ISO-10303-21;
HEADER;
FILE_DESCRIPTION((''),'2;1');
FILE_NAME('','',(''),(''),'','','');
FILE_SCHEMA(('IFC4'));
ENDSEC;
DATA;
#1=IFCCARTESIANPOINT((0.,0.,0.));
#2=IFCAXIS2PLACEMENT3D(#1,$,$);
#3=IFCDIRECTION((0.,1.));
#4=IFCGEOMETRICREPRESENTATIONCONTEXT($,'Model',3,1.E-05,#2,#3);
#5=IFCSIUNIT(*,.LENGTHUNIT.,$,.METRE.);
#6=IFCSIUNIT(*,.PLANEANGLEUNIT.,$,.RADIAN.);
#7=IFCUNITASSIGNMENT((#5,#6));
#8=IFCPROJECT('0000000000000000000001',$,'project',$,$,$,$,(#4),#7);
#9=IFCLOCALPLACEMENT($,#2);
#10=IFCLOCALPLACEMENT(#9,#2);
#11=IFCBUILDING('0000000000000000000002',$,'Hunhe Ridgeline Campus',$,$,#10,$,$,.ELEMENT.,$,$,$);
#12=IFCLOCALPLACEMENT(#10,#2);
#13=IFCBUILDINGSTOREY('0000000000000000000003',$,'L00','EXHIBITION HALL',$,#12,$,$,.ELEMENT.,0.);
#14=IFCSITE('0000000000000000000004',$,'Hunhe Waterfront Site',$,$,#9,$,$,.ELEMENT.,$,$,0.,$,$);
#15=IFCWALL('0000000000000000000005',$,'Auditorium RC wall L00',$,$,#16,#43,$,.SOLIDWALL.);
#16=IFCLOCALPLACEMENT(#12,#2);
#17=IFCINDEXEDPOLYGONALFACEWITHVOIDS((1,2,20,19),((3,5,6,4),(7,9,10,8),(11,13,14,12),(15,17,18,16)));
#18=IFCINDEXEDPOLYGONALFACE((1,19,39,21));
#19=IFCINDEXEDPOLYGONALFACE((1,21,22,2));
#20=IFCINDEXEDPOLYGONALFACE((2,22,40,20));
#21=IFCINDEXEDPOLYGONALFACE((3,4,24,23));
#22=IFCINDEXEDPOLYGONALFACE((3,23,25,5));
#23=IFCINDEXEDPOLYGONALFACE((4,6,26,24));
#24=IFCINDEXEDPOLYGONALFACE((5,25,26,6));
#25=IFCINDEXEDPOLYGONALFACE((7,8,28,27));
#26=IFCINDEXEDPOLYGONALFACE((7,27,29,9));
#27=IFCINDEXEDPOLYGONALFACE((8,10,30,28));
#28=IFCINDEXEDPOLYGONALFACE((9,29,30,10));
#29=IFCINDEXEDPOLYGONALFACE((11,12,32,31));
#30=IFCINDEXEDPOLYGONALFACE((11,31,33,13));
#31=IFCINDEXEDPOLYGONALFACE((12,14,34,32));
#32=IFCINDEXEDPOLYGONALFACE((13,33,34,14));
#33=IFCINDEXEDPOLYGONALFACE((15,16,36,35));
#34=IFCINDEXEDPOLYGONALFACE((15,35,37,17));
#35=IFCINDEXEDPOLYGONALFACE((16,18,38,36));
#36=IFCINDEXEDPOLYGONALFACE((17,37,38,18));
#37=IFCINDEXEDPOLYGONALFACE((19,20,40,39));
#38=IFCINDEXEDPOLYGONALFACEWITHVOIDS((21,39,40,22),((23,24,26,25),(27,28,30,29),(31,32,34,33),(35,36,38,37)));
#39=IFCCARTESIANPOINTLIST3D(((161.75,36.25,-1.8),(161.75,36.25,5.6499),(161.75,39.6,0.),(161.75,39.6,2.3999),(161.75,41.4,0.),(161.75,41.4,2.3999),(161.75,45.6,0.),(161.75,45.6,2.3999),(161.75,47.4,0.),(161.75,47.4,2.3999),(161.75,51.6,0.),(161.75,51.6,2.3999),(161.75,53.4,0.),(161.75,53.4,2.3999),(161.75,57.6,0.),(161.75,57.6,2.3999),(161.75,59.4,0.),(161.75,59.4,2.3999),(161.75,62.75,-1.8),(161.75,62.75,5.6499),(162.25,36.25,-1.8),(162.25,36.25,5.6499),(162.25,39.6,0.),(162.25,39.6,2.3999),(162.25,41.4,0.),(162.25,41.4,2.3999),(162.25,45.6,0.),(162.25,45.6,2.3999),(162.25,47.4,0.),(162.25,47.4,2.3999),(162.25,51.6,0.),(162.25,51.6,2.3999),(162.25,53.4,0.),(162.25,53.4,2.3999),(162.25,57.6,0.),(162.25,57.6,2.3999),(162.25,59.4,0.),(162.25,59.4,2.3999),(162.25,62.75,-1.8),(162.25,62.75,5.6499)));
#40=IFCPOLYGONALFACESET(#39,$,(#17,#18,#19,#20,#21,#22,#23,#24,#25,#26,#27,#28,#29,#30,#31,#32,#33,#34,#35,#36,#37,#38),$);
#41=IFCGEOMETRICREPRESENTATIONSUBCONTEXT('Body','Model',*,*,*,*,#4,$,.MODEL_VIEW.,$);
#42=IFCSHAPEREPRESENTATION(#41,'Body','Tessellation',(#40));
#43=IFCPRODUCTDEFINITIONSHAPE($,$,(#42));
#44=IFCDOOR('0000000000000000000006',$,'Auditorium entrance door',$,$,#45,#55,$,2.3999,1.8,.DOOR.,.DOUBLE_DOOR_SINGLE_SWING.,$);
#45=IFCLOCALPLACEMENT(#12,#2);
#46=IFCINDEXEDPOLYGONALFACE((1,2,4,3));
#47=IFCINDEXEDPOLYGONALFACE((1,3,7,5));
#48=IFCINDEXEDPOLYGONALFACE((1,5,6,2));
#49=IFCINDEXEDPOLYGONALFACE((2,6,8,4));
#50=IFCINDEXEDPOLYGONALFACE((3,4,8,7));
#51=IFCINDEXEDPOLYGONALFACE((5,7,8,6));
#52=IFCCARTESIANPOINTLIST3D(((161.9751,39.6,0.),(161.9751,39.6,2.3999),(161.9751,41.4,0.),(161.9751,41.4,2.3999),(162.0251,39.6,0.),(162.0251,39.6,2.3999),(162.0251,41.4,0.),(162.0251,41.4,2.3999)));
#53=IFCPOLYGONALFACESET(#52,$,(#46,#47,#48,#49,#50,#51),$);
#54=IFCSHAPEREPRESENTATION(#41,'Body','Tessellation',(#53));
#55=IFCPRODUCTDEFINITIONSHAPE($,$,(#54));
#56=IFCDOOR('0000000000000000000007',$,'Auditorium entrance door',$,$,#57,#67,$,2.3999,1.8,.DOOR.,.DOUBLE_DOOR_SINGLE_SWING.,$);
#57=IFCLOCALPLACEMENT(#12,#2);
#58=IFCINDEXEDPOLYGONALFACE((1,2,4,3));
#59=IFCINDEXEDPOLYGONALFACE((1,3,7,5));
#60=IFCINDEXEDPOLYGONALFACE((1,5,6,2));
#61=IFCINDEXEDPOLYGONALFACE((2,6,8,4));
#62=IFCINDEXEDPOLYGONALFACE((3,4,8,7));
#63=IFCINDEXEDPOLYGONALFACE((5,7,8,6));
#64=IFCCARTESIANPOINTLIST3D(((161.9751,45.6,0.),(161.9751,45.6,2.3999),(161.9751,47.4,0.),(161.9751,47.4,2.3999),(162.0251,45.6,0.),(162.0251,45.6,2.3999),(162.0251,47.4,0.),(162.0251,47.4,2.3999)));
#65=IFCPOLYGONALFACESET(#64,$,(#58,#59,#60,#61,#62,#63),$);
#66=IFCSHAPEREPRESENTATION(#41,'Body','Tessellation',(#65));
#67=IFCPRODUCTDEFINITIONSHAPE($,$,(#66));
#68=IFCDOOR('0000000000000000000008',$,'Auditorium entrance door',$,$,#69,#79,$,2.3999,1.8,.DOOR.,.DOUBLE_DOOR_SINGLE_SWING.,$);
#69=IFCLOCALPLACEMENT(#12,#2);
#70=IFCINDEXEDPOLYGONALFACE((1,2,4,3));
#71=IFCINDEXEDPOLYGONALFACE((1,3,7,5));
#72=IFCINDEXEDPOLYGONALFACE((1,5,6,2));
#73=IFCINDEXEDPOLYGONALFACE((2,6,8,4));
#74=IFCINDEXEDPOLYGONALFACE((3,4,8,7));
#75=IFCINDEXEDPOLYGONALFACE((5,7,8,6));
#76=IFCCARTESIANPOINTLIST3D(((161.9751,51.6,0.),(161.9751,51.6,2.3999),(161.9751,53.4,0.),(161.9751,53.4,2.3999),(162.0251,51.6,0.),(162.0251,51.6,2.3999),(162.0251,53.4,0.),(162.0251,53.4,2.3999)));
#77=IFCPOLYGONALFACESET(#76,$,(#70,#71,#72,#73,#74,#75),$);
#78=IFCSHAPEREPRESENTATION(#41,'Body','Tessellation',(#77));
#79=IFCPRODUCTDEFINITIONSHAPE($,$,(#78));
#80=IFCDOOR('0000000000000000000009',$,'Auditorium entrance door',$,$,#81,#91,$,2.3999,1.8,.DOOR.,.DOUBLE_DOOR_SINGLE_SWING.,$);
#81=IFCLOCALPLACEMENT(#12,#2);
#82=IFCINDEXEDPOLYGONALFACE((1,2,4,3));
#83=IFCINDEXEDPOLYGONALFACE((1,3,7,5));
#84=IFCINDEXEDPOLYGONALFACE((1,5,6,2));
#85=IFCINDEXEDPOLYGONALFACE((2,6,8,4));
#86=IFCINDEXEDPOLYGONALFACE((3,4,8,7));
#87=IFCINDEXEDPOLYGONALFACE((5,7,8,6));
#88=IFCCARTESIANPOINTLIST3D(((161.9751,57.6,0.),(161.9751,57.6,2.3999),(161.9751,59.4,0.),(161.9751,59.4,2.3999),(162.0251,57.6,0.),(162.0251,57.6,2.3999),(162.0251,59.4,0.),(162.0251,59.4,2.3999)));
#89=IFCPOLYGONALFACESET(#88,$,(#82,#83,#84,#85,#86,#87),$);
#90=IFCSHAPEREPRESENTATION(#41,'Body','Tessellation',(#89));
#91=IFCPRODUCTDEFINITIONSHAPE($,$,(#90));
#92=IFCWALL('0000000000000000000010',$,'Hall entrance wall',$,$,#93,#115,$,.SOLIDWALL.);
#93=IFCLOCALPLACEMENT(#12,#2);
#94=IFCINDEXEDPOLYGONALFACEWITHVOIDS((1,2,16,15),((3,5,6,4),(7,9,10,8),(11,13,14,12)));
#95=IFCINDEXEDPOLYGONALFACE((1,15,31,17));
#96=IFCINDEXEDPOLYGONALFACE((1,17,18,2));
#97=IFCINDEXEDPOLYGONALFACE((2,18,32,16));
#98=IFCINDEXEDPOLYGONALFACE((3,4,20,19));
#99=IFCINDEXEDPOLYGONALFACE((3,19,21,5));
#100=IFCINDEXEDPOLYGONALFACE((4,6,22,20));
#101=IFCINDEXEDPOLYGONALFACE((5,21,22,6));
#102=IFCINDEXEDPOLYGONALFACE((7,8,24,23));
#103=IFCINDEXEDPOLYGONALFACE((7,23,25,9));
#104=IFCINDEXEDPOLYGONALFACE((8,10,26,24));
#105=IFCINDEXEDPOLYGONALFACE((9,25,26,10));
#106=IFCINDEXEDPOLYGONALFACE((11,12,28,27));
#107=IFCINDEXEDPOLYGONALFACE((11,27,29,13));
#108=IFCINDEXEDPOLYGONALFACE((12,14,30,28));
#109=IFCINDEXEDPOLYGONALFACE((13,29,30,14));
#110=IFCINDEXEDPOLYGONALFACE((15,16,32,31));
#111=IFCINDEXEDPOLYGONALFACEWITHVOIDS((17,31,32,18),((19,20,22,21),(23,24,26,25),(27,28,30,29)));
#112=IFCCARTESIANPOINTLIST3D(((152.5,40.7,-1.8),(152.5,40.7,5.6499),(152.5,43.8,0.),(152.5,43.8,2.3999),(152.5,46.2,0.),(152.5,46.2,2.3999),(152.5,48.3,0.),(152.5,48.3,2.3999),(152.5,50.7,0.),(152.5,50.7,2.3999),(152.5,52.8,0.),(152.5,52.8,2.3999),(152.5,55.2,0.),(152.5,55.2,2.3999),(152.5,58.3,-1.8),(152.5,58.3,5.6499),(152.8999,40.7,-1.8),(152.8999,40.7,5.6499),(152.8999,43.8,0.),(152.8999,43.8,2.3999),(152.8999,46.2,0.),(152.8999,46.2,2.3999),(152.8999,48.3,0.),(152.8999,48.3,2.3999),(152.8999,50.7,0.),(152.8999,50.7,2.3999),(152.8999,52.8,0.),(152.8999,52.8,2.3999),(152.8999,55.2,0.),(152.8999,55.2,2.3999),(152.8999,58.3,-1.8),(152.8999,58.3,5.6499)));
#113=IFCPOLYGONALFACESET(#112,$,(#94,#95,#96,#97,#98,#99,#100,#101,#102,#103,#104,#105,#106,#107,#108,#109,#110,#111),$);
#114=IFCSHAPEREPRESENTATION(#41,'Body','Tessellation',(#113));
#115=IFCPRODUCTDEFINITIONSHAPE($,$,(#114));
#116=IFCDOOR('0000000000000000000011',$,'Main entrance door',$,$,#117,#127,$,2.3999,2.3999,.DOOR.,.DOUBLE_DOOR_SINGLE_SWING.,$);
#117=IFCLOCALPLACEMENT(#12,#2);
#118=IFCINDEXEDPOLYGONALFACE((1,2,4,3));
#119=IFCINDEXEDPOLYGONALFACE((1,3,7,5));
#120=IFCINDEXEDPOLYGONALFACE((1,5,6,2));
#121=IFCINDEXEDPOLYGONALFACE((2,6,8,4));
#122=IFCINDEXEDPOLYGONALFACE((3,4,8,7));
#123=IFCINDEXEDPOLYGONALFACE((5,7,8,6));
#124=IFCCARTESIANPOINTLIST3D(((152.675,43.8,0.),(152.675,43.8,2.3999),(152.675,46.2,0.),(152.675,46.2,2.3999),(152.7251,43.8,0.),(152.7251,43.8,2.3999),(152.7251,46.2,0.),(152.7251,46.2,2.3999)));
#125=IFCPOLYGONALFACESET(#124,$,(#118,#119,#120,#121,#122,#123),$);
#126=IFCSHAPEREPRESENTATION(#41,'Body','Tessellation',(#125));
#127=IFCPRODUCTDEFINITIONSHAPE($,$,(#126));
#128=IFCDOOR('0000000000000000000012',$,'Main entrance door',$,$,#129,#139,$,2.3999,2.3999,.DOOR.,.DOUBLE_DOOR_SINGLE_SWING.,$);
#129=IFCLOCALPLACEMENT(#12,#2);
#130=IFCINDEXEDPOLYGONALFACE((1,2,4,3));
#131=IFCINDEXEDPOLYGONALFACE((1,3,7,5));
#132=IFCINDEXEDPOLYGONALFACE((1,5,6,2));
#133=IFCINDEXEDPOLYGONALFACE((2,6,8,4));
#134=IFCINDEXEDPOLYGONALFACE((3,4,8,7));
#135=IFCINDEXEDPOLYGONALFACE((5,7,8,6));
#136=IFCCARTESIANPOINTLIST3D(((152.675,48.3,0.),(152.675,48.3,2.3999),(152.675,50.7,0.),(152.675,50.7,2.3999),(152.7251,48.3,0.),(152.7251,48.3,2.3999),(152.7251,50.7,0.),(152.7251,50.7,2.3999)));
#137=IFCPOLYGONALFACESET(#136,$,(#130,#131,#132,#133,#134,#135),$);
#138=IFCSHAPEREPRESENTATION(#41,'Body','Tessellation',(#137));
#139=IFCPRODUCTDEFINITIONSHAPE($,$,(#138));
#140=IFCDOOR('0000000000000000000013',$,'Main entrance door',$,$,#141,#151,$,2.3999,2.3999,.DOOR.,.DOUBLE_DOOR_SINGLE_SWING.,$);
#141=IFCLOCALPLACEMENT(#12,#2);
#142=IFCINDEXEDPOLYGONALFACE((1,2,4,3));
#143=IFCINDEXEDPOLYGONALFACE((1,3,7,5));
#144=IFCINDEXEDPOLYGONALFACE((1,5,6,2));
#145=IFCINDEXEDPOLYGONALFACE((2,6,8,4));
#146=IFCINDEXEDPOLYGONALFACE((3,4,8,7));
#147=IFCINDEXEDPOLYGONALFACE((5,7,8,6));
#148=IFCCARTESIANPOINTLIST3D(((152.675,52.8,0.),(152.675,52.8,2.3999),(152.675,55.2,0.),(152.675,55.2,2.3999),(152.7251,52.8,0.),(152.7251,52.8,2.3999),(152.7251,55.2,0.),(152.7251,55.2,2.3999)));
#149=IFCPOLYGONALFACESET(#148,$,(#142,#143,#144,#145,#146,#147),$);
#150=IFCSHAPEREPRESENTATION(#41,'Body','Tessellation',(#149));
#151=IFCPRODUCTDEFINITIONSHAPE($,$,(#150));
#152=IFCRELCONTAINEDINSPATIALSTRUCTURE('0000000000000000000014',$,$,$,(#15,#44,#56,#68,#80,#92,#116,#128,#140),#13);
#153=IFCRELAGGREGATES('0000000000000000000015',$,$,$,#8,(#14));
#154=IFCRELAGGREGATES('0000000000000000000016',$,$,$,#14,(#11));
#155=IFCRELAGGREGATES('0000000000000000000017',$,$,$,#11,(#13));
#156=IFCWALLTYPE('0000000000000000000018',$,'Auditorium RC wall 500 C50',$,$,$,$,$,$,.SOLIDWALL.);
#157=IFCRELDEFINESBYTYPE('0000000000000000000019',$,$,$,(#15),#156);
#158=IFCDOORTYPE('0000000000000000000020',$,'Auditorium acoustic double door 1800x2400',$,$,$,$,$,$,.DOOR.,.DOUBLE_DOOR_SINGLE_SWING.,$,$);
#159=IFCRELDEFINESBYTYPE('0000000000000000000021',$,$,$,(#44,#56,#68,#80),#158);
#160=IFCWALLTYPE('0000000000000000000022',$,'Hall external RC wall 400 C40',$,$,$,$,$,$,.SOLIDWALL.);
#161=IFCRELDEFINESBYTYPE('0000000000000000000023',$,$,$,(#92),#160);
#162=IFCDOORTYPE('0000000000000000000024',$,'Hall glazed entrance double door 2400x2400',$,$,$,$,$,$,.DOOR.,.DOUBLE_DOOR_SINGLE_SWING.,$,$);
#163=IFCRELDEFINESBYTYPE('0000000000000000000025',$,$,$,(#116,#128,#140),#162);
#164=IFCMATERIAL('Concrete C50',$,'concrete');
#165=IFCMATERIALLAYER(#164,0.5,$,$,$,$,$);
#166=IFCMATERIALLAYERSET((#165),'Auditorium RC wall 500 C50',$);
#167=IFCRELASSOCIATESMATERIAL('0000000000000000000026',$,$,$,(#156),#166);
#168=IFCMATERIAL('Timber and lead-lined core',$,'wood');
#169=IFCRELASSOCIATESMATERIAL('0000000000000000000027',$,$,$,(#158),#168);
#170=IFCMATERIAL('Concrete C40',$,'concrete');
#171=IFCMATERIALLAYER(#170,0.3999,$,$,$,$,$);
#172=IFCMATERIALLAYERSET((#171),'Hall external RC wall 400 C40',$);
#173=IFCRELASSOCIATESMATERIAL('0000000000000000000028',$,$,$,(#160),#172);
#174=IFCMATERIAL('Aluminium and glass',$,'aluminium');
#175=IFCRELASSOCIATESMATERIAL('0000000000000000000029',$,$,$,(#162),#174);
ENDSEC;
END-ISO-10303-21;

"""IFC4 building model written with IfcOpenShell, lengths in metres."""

from ifc_helpers import new_model, si_unit, direction, frame, frame_2d, origin, place, context, subcontext, project, spatial, rectangle, extrude, material, layer, layer_set, type_object, element, fill, save


model = new_model("IFC4")

# Units and contexts
model_context = context("Model", 3, precision=1e-05, world=origin(), true_north=direction((0.0, 1.0)))
body_context = subcontext(model_context, "Body", "Model", "MODEL_VIEW")
ifc_project = project(units=[si_unit("LENGTHUNIT", "METRE"), si_unit("PLANEANGLEUNIT", "RADIAN")], contexts=[model_context])

# Site, building, storey
site_placement = place(None, origin())
site = spatial("IfcSite", under=ifc_project, at=site_placement, Name="Hunhe Waterfront Site", CompositionType="ELEMENT", RefElevation=0.0)
building_placement = place(site_placement, origin())
building = spatial("IfcBuilding", under=site, at=building_placement, Name="Hunhe Ridgeline Campus", CompositionType="ELEMENT")
storey_placement = place(building_placement, origin())
storey = spatial("IfcBuildingStorey", under=building, at=storey_placement, Name="L00", Description="EXHIBITION HALL", CompositionType="ELEMENT", Elevation=0.0)

# Shared definitions
ifc_material_1 = material(Name="Concrete C50", Category="concrete")

# Wall, openings, doors
ifc_layer_1 = layer(ifc_material_1, 0.5)
ifc_layer_set_1 = layer_set([ifc_layer_1], Name="Auditorium RC wall 500 C50")
wall_type_1 = type_object("IfcWallType", Name="Auditorium RC wall 500 C50", PredefinedType="SOLIDWALL", material=ifc_layer_set_1)
wall_1_placement = place(storey_placement, frame((162.0, 36.25, -1.8), z_axis=(0.0, 0.0, 1.0), x_axis=(0.0, 1.0, 0.0)))
wall_1 = element("IfcWall", 1, at=wall_1_placement, inside=storey, type_object=wall_type_1, Name="Auditorium RC wall L00", PredefinedType="SOLIDWALL", context=body_context, shape_type="SweptSolid", body=[
    extrude(rectangle(XDim=26.5, YDim=0.5, at=frame_2d((13.25, 0.0))), origin(), (0.0, 0.0, 1.0), 7.45),
])
opening_1_placement = place(wall_1_placement, frame((3.3501, 0.0, 1.8)))
opening_1 = element("IfcOpeningElement", 2, at=opening_1_placement, cuts=wall_1, PredefinedType="OPENING", context=body_context, shape_type="SweptSolid", body=[
    extrude(rectangle(XDim=1.8, YDim=2.3999, at=frame_2d((0.8999, 1.2))), frame((0.0, 0.25, 0.0), z_axis=(0.0, -1.0, 0.0), x_axis=(1.0, 0.0, 0.0)), (0.0, 0.0, 1.0), 0.5),
])
opening_2_placement = place(wall_1_placement, frame((9.3501, 0.0, 1.8)))
opening_2 = element("IfcOpeningElement", 3, at=opening_2_placement, cuts=wall_1, PredefinedType="OPENING", context=body_context, shape_type="SweptSolid", body=[
    extrude(rectangle(XDim=1.8, YDim=2.3999, at=frame_2d((0.8999, 1.2))), frame((0.0, 0.25, 0.0), z_axis=(0.0, -1.0, 0.0), x_axis=(1.0, 0.0, 0.0)), (0.0, 0.0, 1.0), 0.5),
])
opening_3_placement = place(wall_1_placement, frame((15.3501, 0.0, 1.8)))
opening_3 = element("IfcOpeningElement", 4, at=opening_3_placement, cuts=wall_1, PredefinedType="OPENING", context=body_context, shape_type="SweptSolid", body=[
    extrude(rectangle(XDim=1.8, YDim=2.3999, at=frame_2d((0.8999, 1.2))), frame((0.0, 0.25, 0.0), z_axis=(0.0, -1.0, 0.0), x_axis=(1.0, 0.0, 0.0)), (0.0, 0.0, 1.0), 0.5),
])
opening_4_placement = place(wall_1_placement, frame((21.3501, 0.0, 1.8)))
opening_4 = element("IfcOpeningElement", 5, at=opening_4_placement, cuts=wall_1, PredefinedType="OPENING", context=body_context, shape_type="SweptSolid", body=[
    extrude(rectangle(XDim=1.8, YDim=2.3999, at=frame_2d((0.8999, 1.2))), frame((0.0, 0.25, 0.0), z_axis=(0.0, -1.0, 0.0), x_axis=(1.0, 0.0, 0.0)), (0.0, 0.0, 1.0), 0.5),
])
ifc_material_2 = material(Name="Timber and lead-lined core", Category="wood")
door_type_1 = type_object("IfcDoorType", Name="Auditorium acoustic double door 1800x2400", OperationType="DOUBLE_DOOR_SINGLE_SWING", PredefinedType="DOOR", material=ifc_material_2)
door_1_placement = place(opening_1_placement, origin())
door_1 = element("IfcDoor", 6, at=door_1_placement, inside=storey, type_object=door_type_1, Name="Auditorium entrance door", OperationType="DOUBLE_DOOR_SINGLE_SWING", OverallHeight=2.3999, OverallWidth=1.8, PredefinedType="DOOR", context=body_context, shape_type="SweptSolid", body=[
    extrude(rectangle(XDim=1.8, YDim=2.3999, at=frame_2d((0.8999, 1.2))), frame((0.0, 0.0249, 0.0), z_axis=(0.0, -1.0, 0.0), x_axis=(1.0, 0.0, 0.0)), (0.0, 0.0, 1.0), 0.05),
])
fill(opening_1, door_1)
door_2_placement = place(opening_2_placement, origin())
door_2 = element("IfcDoor", 7, at=door_2_placement, inside=storey, type_object=door_type_1, Name="Auditorium entrance door", OperationType="DOUBLE_DOOR_SINGLE_SWING", OverallHeight=2.3999, OverallWidth=1.8, PredefinedType="DOOR", context=body_context, shape_type="SweptSolid", body=[
    extrude(rectangle(XDim=1.8, YDim=2.3999, at=frame_2d((0.8999, 1.2))), frame((0.0, 0.0249, 0.0), z_axis=(0.0, -1.0, 0.0), x_axis=(1.0, 0.0, 0.0)), (0.0, 0.0, 1.0), 0.05),
])
fill(opening_2, door_2)
door_3_placement = place(opening_3_placement, origin())
door_3 = element("IfcDoor", 8, at=door_3_placement, inside=storey, type_object=door_type_1, Name="Auditorium entrance door", OperationType="DOUBLE_DOOR_SINGLE_SWING", OverallHeight=2.3999, OverallWidth=1.8, PredefinedType="DOOR", context=body_context, shape_type="SweptSolid", body=[
    extrude(rectangle(XDim=1.8, YDim=2.3999, at=frame_2d((0.8999, 1.2))), frame((0.0, 0.0249, 0.0), z_axis=(0.0, -1.0, 0.0), x_axis=(1.0, 0.0, 0.0)), (0.0, 0.0, 1.0), 0.05),
])
fill(opening_3, door_3)
door_4_placement = place(opening_4_placement, origin())
door_4 = element("IfcDoor", 9, at=door_4_placement, inside=storey, type_object=door_type_1, Name="Auditorium entrance door", OperationType="DOUBLE_DOOR_SINGLE_SWING", OverallHeight=2.3999, OverallWidth=1.8, PredefinedType="DOOR", context=body_context, shape_type="SweptSolid", body=[
    extrude(rectangle(XDim=1.8, YDim=2.3999, at=frame_2d((0.8999, 1.2))), frame((0.0, 0.0249, 0.0), z_axis=(0.0, -1.0, 0.0), x_axis=(1.0, 0.0, 0.0)), (0.0, 0.0, 1.0), 0.05),
])
fill(opening_4, door_4)

# Wall, openings, doors
ifc_material_3 = material(Name="Concrete C40", Category="concrete")
ifc_layer_2 = layer(ifc_material_3, 0.3999)
ifc_layer_set_2 = layer_set([ifc_layer_2], Name="Hall external RC wall 400 C40")
wall_type_2 = type_object("IfcWallType", Name="Hall external RC wall 400 C40", PredefinedType="SOLIDWALL", material=ifc_layer_set_2)
wall_2_placement = place(storey_placement, frame((152.7, 40.7, -1.8), z_axis=(0.0, 0.0, 1.0), x_axis=(0.0, 1.0, 0.0)))
wall_2 = element("IfcWall", 10, at=wall_2_placement, inside=storey, type_object=wall_type_2, Name="Hall entrance wall", PredefinedType="SOLIDWALL", context=body_context, shape_type="SweptSolid", body=[
    extrude(rectangle(XDim=17.6001, YDim=0.3999, at=frame_2d((8.8, 0.0))), origin(), (0.0, 0.0, 1.0), 7.45),
])
opening_5_placement = place(wall_2_placement, frame((3.1001, 0.0, 1.8)))
opening_5 = element("IfcOpeningElement", 11, at=opening_5_placement, cuts=wall_2, PredefinedType="OPENING", context=body_context, shape_type="SweptSolid", body=[
    extrude(rectangle(XDim=2.3999, YDim=2.3999, at=frame_2d((1.2, 1.2))), frame((0.0, 0.2, 0.0), z_axis=(0.0, -1.0, 0.0), x_axis=(1.0, 0.0, 0.0)), (0.0, 0.0, 1.0), 0.3999),
])
opening_6_placement = place(wall_2_placement, frame((7.6001, 0.0, 1.8)))
opening_6 = element("IfcOpeningElement", 12, at=opening_6_placement, cuts=wall_2, PredefinedType="OPENING", context=body_context, shape_type="SweptSolid", body=[
    extrude(rectangle(XDim=2.3999, YDim=2.3999, at=frame_2d((1.2, 1.2))), frame((0.0, 0.2, 0.0), z_axis=(0.0, -1.0, 0.0), x_axis=(1.0, 0.0, 0.0)), (0.0, 0.0, 1.0), 0.3999),
])
opening_7_placement = place(wall_2_placement, frame((12.1001, 0.0, 1.8)))
opening_7 = element("IfcOpeningElement", 13, at=opening_7_placement, cuts=wall_2, PredefinedType="OPENING", context=body_context, shape_type="SweptSolid", body=[
    extrude(rectangle(XDim=2.3999, YDim=2.3999, at=frame_2d((1.2, 1.2))), frame((0.0, 0.2, 0.0), z_axis=(0.0, -1.0, 0.0), x_axis=(1.0, 0.0, 0.0)), (0.0, 0.0, 1.0), 0.3999),
])
ifc_material_4 = material(Name="Aluminium and glass", Category="aluminium")
door_type_2 = type_object("IfcDoorType", Name="Hall glazed entrance double door 2400x2400", OperationType="DOUBLE_DOOR_SINGLE_SWING", PredefinedType="DOOR", material=ifc_material_4)
door_5_placement = place(opening_5_placement, origin())
door_5 = element("IfcDoor", 14, at=door_5_placement, inside=storey, type_object=door_type_2, Name="Main entrance door", OperationType="DOUBLE_DOOR_SINGLE_SWING", OverallHeight=2.3999, OverallWidth=2.3999, PredefinedType="DOOR", context=body_context, shape_type="SweptSolid", body=[
    extrude(rectangle(XDim=2.3999, YDim=2.3999, at=frame_2d((1.2, 1.2))), frame((0.0, 0.0249, 0.0), z_axis=(0.0, -1.0, 0.0), x_axis=(1.0, 0.0, 0.0)), (0.0, 0.0, 1.0), 0.05),
])
fill(opening_5, door_5)
door_6_placement = place(opening_6_placement, origin())
door_6 = element("IfcDoor", 15, at=door_6_placement, inside=storey, type_object=door_type_2, Name="Main entrance door", OperationType="DOUBLE_DOOR_SINGLE_SWING", OverallHeight=2.3999, OverallWidth=2.3999, PredefinedType="DOOR", context=body_context, shape_type="SweptSolid", body=[
    extrude(rectangle(XDim=2.3999, YDim=2.3999, at=frame_2d((1.2, 1.2))), frame((0.0, 0.0249, 0.0), z_axis=(0.0, -1.0, 0.0), x_axis=(1.0, 0.0, 0.0)), (0.0, 0.0, 1.0), 0.05),
])
fill(opening_6, door_6)
door_7_placement = place(opening_7_placement, origin())
door_7 = element("IfcDoor", 16, at=door_7_placement, inside=storey, type_object=door_type_2, Name="Main entrance door", OperationType="DOUBLE_DOOR_SINGLE_SWING", OverallHeight=2.3999, OverallWidth=2.3999, PredefinedType="DOOR", context=body_context, shape_type="SweptSolid", body=[
    extrude(rectangle(XDim=2.3999, YDim=2.3999, at=frame_2d((1.2, 1.2))), frame((0.0, 0.0249, 0.0), z_axis=(0.0, -1.0, 0.0), x_axis=(1.0, 0.0, 0.0)), (0.0, 0.0, 1.0), 0.05),
])
fill(opening_7, door_7)

save(model, "model.ifc")
